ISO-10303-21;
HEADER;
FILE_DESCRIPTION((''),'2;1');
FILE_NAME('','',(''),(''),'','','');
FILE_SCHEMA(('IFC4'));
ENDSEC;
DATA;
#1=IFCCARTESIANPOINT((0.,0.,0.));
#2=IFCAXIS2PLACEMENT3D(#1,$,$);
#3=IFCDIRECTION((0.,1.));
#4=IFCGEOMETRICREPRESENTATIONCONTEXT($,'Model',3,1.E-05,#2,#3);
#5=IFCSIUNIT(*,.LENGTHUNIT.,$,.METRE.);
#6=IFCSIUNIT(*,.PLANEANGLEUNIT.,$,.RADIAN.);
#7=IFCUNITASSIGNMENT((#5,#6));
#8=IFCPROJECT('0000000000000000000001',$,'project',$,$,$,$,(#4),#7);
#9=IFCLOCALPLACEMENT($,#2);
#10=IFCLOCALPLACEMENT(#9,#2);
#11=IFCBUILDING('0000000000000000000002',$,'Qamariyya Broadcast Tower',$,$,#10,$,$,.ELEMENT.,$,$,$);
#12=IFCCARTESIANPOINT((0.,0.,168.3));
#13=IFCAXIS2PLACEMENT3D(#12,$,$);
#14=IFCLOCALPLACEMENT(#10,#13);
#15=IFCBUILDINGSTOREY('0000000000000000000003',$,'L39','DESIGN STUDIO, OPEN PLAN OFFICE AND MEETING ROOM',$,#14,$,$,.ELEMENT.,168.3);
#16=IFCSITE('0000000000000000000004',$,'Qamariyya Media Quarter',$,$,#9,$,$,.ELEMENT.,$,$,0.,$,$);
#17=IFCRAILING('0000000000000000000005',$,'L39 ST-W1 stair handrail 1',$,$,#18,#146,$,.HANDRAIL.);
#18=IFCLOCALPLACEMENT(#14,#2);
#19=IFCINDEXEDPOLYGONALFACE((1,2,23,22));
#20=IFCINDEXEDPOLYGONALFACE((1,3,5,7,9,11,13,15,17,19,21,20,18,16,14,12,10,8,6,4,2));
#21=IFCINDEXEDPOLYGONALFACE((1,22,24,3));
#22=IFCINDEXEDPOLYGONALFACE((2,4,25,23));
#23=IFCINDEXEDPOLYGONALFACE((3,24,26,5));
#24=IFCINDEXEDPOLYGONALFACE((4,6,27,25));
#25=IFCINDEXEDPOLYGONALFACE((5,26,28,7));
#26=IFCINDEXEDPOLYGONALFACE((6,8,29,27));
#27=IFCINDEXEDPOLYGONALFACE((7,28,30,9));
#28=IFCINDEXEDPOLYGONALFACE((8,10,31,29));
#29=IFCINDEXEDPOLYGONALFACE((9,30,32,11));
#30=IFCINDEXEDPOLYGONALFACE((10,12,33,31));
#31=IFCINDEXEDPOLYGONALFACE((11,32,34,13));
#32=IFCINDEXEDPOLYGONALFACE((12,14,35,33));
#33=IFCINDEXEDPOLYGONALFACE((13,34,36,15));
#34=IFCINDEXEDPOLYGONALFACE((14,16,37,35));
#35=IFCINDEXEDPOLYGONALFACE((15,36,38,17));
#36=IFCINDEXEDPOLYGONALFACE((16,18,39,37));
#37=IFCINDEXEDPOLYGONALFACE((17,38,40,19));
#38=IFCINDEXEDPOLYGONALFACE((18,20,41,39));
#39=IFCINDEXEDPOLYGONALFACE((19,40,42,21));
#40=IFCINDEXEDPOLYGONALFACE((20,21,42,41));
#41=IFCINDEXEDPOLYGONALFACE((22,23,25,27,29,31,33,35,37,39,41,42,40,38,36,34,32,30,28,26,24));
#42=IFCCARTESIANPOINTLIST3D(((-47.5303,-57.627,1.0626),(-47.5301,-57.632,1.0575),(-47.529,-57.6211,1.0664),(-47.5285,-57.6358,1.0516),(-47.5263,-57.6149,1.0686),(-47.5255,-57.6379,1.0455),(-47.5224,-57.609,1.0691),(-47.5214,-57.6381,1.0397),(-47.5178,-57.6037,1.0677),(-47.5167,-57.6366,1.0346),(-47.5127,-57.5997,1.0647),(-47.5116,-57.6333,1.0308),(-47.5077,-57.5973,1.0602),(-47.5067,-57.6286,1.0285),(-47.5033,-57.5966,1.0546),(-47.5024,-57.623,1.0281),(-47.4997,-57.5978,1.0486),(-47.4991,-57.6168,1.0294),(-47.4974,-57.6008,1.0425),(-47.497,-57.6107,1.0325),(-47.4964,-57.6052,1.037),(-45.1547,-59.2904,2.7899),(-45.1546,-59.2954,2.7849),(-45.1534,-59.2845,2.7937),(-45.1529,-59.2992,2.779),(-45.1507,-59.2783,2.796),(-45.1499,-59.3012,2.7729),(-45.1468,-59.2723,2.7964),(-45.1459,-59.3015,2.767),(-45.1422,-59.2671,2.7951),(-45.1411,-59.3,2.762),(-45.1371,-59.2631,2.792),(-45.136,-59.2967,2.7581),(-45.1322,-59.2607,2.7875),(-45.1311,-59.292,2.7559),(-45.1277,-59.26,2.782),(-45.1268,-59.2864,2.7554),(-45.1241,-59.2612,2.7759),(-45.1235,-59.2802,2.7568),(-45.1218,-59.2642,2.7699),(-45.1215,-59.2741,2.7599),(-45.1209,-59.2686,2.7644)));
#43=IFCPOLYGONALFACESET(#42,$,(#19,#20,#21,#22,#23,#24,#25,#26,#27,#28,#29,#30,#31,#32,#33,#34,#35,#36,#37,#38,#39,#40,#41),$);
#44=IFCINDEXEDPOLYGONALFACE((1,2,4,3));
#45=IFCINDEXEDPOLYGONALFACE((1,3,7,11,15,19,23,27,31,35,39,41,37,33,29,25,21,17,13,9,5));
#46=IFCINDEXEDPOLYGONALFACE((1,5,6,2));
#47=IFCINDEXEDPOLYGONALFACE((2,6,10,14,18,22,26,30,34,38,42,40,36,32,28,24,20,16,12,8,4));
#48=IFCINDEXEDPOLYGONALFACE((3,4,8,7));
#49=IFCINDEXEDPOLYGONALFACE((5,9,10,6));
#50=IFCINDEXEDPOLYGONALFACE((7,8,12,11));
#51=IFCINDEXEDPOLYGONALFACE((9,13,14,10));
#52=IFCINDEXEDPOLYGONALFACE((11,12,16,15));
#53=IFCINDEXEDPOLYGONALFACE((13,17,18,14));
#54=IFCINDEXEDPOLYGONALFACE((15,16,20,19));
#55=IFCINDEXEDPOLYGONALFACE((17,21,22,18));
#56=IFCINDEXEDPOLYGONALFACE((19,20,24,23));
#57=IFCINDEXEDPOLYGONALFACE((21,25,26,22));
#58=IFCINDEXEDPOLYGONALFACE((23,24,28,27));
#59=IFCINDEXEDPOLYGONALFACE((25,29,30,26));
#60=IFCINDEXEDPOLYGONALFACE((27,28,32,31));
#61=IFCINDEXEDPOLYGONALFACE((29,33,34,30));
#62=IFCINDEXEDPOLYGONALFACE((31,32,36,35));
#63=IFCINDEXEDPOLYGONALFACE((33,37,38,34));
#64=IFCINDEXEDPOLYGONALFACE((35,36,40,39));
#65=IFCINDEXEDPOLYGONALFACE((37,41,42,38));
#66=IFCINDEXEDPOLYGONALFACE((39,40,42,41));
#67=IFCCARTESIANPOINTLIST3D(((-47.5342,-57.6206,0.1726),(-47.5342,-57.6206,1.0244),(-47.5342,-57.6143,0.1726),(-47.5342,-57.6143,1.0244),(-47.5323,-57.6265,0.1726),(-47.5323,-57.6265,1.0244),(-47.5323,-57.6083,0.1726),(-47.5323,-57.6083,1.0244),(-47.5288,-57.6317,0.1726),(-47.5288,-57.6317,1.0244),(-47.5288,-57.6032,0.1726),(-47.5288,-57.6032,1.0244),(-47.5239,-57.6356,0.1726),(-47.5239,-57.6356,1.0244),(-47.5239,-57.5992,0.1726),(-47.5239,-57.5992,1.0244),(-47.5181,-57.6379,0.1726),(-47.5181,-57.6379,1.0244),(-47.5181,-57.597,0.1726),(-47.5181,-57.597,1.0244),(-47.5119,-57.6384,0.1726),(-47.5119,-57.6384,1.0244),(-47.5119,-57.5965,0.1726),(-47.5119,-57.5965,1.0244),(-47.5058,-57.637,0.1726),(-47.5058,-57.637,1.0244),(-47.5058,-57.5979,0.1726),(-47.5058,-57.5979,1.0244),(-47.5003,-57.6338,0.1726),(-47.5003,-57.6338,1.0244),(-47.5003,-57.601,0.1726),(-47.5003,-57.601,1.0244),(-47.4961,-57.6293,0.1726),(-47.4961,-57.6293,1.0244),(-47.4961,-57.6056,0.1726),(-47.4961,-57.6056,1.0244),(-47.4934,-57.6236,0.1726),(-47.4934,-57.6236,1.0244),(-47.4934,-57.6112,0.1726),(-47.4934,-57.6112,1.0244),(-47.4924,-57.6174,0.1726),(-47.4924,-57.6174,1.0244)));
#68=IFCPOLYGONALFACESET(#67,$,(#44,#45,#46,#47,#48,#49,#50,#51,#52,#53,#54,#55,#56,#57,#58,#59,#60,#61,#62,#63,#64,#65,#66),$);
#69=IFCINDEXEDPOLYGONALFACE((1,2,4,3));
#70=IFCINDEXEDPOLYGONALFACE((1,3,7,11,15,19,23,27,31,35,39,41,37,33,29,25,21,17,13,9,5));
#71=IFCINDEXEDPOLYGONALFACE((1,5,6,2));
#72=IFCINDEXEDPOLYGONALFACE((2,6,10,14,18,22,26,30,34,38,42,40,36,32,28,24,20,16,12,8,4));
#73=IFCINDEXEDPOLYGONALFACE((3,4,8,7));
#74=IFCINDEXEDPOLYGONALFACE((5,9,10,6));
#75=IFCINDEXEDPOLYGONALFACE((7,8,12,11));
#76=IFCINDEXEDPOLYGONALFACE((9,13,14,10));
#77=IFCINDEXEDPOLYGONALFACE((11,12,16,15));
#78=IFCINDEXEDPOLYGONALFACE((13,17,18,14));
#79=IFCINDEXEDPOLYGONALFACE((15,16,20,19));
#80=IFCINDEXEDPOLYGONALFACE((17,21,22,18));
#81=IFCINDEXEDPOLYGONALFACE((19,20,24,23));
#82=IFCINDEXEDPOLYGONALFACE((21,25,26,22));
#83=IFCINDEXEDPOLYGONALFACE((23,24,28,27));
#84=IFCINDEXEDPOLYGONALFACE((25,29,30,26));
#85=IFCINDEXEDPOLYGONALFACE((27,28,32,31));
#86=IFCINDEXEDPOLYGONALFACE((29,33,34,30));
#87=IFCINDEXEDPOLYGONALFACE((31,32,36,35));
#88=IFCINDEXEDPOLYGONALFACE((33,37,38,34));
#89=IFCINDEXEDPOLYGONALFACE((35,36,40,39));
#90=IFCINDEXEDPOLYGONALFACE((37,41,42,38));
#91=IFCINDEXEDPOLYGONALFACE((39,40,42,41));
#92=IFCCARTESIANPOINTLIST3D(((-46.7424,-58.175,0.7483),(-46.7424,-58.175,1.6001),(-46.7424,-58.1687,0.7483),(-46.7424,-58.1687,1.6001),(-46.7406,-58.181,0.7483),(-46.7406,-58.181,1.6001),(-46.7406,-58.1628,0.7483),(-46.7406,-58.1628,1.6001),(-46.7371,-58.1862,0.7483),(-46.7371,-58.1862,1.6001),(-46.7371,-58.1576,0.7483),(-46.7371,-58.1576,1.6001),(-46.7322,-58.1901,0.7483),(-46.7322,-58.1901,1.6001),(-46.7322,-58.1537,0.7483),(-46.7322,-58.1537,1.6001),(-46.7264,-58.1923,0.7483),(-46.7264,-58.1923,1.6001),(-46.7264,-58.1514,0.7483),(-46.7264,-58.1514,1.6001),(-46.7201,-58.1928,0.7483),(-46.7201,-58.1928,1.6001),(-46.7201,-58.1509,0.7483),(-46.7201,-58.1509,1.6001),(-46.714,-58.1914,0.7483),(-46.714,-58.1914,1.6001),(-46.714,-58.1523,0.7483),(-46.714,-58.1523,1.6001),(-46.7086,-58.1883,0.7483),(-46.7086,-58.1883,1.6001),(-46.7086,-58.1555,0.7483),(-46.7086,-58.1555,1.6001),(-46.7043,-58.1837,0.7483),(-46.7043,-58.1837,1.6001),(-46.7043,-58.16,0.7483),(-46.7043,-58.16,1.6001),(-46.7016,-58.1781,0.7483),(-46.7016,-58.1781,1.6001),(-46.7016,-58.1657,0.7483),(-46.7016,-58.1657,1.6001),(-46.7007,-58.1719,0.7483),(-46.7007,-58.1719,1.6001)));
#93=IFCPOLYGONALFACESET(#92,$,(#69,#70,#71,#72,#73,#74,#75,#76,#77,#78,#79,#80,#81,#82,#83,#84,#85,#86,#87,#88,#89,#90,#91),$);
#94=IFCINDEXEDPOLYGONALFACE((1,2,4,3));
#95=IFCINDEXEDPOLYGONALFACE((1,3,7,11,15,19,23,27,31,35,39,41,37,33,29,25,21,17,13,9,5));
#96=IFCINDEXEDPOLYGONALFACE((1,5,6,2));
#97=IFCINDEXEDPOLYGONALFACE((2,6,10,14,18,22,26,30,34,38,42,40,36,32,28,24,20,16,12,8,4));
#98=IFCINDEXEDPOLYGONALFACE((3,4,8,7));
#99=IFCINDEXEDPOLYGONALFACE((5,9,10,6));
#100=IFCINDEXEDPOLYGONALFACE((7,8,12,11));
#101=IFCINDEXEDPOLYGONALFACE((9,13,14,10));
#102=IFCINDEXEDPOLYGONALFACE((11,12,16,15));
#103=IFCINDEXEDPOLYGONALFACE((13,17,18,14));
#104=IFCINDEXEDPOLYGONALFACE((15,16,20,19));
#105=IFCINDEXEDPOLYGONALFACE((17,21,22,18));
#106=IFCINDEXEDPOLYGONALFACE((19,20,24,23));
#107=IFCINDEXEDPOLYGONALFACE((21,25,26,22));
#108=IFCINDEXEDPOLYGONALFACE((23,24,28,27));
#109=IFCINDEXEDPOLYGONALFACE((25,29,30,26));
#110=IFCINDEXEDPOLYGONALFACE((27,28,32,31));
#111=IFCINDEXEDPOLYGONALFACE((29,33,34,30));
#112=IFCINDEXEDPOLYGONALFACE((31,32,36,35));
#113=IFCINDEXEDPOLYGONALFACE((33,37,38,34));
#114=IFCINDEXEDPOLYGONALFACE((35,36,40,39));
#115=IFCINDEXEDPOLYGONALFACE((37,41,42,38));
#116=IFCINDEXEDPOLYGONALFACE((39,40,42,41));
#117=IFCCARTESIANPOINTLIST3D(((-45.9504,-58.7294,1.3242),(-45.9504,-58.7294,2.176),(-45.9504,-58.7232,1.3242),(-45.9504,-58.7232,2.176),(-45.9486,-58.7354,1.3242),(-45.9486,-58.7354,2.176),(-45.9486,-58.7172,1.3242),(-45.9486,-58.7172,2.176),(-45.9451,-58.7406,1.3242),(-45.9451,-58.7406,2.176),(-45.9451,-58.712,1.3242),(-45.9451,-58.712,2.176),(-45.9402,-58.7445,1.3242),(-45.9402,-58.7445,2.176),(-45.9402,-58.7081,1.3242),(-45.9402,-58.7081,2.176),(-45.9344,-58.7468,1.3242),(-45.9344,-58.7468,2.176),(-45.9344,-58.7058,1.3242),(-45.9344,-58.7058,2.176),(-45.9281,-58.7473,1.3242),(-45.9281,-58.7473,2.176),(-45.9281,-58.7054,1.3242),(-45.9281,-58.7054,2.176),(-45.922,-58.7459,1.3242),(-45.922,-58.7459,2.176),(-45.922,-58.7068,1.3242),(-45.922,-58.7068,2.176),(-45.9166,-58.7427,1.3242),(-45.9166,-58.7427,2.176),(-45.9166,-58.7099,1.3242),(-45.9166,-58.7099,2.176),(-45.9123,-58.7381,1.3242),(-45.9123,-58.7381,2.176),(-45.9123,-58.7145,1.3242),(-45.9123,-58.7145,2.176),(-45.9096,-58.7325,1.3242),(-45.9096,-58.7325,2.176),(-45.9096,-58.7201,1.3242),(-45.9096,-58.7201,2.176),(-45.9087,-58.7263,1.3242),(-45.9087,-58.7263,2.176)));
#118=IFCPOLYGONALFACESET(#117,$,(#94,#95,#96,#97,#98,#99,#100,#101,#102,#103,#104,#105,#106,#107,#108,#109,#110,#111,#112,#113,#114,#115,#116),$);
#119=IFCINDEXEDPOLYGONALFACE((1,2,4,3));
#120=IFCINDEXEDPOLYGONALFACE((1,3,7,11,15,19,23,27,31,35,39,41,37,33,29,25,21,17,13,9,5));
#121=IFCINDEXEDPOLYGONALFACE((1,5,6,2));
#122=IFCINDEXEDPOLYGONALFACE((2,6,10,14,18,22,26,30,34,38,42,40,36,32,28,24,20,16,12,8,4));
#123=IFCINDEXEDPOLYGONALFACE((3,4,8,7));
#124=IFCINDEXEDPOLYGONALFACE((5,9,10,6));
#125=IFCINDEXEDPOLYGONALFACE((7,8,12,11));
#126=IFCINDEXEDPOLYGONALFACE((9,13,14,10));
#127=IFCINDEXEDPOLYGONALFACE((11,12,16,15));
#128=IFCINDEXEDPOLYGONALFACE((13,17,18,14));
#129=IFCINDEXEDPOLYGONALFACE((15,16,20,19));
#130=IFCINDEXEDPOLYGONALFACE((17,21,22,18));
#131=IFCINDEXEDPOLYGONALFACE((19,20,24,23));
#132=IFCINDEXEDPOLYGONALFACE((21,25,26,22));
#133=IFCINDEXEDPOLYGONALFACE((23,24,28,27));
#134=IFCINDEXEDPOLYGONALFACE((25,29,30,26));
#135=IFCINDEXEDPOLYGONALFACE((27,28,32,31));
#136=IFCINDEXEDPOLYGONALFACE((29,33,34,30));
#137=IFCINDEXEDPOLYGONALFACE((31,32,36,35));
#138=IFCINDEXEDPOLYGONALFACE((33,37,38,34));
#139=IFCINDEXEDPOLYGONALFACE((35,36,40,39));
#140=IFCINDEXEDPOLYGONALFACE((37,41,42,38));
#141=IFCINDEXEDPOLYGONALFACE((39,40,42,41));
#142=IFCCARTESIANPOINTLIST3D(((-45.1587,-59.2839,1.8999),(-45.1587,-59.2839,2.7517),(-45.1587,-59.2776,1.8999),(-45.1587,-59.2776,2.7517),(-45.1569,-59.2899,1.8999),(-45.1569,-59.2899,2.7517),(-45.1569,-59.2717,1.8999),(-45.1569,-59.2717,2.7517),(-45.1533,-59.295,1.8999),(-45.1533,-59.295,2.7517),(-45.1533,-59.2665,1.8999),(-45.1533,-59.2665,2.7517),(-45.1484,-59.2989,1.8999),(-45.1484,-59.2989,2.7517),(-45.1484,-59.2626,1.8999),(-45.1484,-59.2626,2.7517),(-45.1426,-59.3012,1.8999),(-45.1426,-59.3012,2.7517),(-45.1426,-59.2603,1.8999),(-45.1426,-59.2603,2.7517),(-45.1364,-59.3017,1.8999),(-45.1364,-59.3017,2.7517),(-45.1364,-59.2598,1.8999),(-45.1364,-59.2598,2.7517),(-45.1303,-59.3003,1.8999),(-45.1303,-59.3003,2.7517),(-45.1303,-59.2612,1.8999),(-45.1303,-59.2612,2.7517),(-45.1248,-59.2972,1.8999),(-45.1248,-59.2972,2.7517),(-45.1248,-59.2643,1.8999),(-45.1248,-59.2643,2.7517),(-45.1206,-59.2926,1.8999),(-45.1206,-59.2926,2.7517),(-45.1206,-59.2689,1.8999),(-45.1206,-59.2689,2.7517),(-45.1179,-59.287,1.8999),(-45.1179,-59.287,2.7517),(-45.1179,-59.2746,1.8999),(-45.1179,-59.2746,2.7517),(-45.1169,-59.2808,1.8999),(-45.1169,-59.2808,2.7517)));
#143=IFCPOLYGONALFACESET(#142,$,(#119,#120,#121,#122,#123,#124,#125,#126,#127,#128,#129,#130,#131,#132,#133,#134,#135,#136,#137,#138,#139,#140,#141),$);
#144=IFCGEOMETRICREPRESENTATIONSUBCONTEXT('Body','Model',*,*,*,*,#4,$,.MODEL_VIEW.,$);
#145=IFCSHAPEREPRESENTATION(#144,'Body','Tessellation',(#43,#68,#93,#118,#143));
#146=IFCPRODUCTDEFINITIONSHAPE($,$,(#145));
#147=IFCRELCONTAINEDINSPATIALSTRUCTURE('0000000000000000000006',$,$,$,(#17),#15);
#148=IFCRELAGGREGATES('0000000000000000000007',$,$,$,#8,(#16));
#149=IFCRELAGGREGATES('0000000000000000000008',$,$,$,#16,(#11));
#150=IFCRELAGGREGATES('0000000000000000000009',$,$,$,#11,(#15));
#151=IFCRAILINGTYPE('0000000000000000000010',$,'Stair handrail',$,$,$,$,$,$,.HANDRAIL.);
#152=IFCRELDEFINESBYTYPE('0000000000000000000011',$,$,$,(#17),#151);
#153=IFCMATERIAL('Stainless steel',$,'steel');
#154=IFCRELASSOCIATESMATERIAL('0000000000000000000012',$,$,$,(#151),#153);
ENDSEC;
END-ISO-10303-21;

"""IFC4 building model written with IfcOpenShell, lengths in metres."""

from ifc_helpers import new_model, si_unit, direction, frame, origin, origin_2d, place, context, subcontext, project, spatial, circle, extrude, material, type_object, element, save


model = new_model("IFC4")

# Units and contexts
model_context = context("Model", 3, precision=1e-05, world=origin(), true_north=direction((0.0, 1.0)))
body_context = subcontext(model_context, "Body", "Model", "MODEL_VIEW")
ifc_project = project(units=[si_unit("LENGTHUNIT", "METRE"), si_unit("PLANEANGLEUNIT", "RADIAN")], contexts=[model_context])

# Site, building, storey
site_placement = place(None, origin())
site = spatial("IfcSite", under=ifc_project, at=site_placement, Name="Qamariyya Media Quarter", CompositionType="ELEMENT", RefElevation=0.0)
building_placement = place(site_placement, origin())
building = spatial("IfcBuilding", under=site, at=building_placement, Name="Qamariyya Broadcast Tower", CompositionType="ELEMENT")
storey_placement = place(building_placement, frame((0.0, 0.0, 168.3)))
storey = spatial("IfcBuildingStorey", under=building, at=storey_placement, Name="L39", Description="DESIGN STUDIO, OPEN PLAN OFFICE AND MEETING ROOM", CompositionType="ELEMENT", Elevation=168.3)

# Railing
ifc_material_1 = material(Name="Stainless steel", Category="steel")
railing_type_1 = type_object("IfcRailingType", Name="Stair handrail", PredefinedType="HANDRAIL", material=ifc_material_1)
railing_1_placement = place(storey_placement, frame((-47.5134, -57.6174, 0.1726)))
element("IfcRailing", 1, at=railing_1_placement, inside=storey, type_object=railing_type_1, Name="L39 ST-W1 stair handrail 1", PredefinedType="HANDRAIL", context=body_context, shape_type="SweptSolid", body=[
    extrude(circle(Radius=0.0239, at=origin_2d()), frame((0.0, 0.0, 0.876), z_axis=(0.70377, -0.492784, 0.511734), x_axis=(0.573575, 0.819153, 0.0)), (0.0, 0.0, 1.0), 3.3755),
    extrude(circle(Radius=0.021, at=origin_2d()), origin(), (0.0, 0.0, 1.0), 0.8518),
    extrude(circle(Radius=0.021, at=origin_2d()), frame((0.7917, -0.5544, 0.5757)), (0.0, 0.0, 1.0), 0.8518),
    extrude(circle(Radius=0.021, at=origin_2d()), frame((1.5837, -1.1089, 1.1516)), (0.0, 0.0, 1.0), 0.8518),
    extrude(circle(Radius=0.021, at=origin_2d()), frame((2.3755, -1.6633, 1.7273)), (0.0, 0.0, 1.0), 0.8518),
])

save(model, "model.ifc")
